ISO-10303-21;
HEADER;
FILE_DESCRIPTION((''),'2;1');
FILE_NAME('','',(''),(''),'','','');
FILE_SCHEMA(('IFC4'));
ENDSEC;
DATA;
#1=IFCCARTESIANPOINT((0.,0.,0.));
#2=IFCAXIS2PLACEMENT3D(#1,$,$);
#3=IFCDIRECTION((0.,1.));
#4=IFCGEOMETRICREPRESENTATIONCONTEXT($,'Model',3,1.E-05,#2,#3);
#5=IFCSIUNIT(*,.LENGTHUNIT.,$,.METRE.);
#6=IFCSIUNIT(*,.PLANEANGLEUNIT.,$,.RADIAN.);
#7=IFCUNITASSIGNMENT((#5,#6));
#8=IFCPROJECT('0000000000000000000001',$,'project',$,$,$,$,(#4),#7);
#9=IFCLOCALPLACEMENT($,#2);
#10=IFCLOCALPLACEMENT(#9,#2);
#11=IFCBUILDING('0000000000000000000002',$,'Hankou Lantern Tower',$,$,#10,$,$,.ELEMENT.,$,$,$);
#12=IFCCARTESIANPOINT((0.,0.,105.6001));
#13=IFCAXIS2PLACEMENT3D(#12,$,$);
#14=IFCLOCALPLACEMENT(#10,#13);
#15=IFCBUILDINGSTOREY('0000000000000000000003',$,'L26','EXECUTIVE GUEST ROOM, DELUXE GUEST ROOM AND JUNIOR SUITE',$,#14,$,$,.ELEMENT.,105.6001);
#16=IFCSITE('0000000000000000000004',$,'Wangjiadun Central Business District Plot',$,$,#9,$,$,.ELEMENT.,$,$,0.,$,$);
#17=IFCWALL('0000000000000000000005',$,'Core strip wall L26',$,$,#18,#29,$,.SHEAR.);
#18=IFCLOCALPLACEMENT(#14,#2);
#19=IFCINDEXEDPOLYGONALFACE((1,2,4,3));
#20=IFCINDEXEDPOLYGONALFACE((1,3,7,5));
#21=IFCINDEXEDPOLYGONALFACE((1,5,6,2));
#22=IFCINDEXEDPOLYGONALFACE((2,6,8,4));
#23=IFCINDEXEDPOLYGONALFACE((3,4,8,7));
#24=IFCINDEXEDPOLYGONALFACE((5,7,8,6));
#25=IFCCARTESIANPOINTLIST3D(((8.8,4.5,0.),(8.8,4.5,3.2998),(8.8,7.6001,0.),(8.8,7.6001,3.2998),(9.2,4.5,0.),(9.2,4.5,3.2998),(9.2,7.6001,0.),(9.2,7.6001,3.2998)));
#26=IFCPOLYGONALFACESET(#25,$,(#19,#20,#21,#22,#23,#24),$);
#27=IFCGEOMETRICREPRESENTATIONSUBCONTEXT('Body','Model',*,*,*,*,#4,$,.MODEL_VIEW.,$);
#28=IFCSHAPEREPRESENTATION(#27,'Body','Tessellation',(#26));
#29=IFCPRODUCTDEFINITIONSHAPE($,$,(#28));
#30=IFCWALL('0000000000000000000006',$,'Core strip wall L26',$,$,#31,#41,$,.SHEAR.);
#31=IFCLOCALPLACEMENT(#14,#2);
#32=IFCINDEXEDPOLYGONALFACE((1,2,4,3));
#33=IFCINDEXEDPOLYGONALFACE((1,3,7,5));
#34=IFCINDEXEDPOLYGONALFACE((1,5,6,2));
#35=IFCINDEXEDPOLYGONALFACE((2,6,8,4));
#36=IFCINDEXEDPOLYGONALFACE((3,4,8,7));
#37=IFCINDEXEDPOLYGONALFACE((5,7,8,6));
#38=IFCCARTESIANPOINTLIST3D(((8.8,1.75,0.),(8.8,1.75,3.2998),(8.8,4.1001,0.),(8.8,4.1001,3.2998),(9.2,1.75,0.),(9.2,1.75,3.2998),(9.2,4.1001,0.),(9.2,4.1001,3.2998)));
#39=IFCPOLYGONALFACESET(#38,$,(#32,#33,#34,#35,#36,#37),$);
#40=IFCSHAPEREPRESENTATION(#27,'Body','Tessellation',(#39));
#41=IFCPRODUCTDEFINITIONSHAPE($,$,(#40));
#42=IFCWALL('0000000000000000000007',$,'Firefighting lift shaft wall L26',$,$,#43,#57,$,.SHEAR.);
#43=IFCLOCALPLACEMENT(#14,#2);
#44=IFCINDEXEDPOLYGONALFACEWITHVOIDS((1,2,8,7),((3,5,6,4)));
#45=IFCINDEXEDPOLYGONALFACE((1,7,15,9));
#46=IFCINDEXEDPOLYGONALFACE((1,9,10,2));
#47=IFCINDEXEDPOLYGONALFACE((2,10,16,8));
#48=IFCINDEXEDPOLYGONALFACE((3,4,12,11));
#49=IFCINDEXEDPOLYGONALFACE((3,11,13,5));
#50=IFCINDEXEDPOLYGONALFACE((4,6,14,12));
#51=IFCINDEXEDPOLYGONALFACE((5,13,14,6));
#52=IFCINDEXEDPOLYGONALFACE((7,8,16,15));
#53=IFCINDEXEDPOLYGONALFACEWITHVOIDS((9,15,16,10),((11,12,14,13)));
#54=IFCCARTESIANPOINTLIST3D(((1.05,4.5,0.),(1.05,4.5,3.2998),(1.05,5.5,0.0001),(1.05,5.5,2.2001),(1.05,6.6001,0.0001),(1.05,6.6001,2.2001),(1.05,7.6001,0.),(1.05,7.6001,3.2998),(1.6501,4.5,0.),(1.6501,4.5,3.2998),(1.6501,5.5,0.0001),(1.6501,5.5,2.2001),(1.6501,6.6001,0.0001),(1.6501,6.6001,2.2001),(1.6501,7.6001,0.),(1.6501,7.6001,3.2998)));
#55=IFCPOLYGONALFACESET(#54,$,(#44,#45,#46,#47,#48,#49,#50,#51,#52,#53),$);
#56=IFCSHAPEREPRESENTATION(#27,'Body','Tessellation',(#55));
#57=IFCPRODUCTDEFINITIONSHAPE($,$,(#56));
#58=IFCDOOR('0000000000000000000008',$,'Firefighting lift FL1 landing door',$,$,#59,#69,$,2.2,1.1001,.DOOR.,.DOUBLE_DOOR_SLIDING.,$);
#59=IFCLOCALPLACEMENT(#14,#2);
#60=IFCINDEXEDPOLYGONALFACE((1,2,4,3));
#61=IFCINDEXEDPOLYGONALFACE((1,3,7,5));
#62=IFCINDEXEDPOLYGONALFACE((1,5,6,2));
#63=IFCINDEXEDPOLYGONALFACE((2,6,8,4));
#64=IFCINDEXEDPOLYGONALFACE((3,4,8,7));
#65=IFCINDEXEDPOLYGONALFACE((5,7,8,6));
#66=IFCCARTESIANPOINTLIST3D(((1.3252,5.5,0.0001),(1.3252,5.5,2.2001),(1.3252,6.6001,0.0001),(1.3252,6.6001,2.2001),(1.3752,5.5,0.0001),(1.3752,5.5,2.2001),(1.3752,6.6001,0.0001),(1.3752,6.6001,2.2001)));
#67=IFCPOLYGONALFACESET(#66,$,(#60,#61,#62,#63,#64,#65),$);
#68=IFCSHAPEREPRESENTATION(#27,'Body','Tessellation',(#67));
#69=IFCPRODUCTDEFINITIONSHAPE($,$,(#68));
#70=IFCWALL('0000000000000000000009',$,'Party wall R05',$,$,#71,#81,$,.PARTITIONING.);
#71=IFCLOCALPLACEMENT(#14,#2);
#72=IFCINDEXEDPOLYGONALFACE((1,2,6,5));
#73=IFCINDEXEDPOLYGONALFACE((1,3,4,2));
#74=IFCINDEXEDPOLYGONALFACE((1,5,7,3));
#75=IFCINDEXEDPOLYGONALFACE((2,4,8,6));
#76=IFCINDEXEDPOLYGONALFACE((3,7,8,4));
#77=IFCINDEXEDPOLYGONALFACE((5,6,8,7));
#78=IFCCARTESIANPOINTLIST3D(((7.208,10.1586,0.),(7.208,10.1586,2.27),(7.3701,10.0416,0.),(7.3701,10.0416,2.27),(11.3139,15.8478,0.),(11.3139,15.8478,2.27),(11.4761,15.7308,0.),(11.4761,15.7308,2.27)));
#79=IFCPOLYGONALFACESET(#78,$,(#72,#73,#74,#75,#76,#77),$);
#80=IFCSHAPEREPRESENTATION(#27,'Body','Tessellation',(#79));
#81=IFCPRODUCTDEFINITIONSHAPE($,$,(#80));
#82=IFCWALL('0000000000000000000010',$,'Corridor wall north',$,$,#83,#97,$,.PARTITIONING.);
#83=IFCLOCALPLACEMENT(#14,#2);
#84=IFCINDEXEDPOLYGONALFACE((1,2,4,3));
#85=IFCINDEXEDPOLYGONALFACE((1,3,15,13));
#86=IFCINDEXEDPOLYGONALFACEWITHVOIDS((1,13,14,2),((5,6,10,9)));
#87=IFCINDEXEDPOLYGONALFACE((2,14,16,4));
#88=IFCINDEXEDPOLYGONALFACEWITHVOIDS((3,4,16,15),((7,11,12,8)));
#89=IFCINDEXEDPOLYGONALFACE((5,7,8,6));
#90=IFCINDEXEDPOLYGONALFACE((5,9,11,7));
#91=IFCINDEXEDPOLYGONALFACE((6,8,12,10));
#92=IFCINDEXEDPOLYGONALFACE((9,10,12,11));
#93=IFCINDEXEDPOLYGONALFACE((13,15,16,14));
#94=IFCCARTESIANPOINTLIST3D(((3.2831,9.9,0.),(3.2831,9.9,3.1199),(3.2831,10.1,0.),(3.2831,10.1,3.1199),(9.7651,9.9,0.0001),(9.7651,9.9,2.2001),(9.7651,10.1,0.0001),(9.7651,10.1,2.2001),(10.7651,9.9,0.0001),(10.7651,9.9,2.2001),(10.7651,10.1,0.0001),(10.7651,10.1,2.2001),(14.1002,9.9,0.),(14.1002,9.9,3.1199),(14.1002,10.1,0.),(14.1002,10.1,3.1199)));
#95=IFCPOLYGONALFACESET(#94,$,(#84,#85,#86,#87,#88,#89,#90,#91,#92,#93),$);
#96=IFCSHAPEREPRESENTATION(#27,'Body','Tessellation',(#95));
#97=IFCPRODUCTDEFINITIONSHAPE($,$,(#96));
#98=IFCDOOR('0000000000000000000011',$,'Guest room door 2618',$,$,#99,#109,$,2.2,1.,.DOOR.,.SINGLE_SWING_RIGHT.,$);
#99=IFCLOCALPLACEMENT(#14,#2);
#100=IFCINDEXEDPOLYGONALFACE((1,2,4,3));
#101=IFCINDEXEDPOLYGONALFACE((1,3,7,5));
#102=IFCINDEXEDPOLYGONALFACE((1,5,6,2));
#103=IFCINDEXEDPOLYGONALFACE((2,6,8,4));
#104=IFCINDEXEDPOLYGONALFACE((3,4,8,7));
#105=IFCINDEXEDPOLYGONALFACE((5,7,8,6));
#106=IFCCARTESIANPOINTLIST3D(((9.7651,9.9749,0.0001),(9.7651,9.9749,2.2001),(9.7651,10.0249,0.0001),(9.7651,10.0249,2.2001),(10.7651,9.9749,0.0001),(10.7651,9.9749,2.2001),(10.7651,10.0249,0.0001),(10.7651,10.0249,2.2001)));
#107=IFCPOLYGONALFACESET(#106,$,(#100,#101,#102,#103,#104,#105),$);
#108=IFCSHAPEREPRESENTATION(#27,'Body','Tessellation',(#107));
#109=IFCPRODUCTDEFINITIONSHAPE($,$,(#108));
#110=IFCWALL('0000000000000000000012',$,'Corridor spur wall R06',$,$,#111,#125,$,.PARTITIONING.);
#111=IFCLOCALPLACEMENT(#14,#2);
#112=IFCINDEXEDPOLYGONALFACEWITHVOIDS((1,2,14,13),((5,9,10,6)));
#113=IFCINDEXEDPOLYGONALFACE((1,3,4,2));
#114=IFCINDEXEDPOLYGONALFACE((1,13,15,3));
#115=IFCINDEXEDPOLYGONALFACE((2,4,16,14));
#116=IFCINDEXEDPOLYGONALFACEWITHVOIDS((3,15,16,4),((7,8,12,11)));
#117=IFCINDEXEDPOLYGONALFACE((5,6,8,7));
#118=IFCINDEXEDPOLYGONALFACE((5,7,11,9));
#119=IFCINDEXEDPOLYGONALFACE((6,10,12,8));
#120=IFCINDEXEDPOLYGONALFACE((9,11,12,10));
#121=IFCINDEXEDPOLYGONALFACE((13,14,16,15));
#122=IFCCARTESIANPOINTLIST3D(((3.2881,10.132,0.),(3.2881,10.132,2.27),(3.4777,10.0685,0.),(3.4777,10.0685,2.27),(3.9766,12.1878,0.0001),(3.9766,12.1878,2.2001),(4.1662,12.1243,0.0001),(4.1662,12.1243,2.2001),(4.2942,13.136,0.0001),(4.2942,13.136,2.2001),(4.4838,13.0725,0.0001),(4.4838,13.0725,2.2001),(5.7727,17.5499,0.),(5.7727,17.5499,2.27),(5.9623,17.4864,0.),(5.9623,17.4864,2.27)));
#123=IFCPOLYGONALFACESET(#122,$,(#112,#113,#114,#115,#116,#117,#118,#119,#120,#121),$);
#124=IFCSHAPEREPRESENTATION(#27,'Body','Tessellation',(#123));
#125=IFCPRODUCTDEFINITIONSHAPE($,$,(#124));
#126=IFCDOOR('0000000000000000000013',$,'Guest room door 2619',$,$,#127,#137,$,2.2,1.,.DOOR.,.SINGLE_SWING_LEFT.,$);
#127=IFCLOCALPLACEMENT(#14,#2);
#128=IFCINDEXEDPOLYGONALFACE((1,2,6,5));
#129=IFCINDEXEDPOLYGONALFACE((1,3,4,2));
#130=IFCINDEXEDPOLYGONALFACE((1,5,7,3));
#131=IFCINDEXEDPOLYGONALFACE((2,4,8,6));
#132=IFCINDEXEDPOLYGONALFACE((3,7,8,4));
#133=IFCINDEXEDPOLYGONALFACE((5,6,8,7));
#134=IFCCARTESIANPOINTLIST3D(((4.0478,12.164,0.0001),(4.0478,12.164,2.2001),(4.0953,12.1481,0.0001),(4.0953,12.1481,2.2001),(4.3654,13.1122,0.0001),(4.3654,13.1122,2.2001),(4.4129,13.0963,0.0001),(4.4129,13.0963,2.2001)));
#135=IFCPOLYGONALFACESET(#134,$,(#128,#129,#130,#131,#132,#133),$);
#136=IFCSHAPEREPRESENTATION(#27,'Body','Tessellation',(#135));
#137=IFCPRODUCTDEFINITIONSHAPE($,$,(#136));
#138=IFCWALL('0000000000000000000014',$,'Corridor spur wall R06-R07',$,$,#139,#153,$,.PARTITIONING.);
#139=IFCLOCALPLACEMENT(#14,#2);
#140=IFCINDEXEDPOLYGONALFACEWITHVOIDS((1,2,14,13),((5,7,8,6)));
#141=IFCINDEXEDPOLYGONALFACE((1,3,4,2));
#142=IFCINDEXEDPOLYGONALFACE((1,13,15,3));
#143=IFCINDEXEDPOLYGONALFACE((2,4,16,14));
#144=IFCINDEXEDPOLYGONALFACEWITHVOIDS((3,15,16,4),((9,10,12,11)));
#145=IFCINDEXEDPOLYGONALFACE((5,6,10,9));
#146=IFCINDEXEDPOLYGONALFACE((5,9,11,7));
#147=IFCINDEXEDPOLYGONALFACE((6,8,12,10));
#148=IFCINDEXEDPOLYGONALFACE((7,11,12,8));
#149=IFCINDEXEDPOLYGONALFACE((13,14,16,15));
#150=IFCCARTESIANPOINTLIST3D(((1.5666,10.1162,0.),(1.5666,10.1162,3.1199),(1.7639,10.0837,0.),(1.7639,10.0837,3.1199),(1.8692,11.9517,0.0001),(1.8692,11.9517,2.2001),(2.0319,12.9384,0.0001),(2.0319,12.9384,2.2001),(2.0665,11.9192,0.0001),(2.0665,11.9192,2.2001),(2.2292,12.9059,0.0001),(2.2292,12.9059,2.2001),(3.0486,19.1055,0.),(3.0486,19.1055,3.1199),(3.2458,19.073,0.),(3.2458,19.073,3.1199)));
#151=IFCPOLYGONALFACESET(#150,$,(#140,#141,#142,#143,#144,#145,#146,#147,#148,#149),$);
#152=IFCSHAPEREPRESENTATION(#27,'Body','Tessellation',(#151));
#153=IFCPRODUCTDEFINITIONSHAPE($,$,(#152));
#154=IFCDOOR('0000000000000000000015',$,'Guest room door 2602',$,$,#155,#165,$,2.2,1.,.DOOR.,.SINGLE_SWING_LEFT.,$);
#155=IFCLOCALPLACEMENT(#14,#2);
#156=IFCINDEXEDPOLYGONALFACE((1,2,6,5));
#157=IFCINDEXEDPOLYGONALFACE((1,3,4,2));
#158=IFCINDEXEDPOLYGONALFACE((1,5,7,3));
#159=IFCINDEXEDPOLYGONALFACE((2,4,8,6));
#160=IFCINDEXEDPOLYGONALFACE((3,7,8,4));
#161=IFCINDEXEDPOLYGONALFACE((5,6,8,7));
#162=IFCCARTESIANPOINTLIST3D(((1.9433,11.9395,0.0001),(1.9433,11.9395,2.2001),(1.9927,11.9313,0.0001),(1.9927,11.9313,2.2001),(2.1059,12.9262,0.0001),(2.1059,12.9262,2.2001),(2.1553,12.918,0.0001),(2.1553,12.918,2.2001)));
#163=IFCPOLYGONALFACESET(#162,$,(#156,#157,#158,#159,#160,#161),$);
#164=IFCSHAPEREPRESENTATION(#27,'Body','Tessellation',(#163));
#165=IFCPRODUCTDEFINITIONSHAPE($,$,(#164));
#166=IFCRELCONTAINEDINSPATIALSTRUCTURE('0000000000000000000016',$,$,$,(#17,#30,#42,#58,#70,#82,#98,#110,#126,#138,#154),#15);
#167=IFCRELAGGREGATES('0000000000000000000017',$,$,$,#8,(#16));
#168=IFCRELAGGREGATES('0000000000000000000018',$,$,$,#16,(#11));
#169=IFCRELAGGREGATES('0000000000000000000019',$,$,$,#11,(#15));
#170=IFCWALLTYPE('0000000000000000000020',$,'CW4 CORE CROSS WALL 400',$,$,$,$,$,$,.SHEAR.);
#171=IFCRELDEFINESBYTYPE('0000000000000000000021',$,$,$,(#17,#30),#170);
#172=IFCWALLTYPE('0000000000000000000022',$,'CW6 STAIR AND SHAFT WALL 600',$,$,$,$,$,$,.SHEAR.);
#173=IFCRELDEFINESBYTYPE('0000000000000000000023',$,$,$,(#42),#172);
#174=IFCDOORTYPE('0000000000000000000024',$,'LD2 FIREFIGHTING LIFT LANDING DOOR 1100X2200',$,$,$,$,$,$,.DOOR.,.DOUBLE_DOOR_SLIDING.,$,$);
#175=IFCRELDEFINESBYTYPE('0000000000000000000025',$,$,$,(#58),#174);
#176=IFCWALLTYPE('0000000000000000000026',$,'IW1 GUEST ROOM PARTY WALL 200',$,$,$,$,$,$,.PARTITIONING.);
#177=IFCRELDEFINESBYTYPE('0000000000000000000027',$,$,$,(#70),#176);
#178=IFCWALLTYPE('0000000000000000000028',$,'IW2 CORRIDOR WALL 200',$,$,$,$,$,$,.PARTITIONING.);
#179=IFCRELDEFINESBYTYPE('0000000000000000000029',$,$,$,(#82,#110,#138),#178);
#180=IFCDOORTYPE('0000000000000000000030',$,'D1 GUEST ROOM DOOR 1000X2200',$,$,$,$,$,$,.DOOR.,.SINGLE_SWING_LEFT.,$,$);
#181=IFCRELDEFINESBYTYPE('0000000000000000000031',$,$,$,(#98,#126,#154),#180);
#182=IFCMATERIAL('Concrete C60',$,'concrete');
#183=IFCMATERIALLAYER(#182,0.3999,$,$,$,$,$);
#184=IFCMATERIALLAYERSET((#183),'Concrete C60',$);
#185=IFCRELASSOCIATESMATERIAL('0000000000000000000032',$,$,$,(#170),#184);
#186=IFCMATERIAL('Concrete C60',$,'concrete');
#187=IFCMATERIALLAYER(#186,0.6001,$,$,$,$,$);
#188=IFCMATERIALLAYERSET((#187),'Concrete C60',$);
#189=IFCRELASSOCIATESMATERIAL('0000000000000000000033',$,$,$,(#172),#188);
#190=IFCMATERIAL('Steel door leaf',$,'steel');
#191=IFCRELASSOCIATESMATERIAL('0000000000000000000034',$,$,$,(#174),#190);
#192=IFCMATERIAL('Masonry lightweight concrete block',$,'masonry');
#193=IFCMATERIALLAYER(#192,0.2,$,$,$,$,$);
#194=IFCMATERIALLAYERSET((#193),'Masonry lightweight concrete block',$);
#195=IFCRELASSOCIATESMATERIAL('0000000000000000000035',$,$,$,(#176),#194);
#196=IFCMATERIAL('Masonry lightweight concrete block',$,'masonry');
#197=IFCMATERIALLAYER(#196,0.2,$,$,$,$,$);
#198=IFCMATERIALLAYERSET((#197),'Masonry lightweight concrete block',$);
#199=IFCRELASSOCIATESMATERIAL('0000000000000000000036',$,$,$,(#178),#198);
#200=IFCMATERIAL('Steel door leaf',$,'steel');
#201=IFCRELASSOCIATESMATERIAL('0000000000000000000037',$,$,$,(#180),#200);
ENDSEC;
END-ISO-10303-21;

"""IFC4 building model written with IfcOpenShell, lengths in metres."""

from ifc_helpers import new_model, si_unit, direction, frame, frame_2d, origin, place, context, subcontext, project, spatial, rectangle, extrude, material, layer, layer_set, type_object, element, fill, save


model = new_model("IFC4")

# Units and contexts
model_context = context("Model", 3, precision=1e-05, world=origin(), true_north=direction((0.0, 1.0)))
body_context = subcontext(model_context, "Body", "Model", "MODEL_VIEW")
ifc_project = project(units=[si_unit("LENGTHUNIT", "METRE"), si_unit("PLANEANGLEUNIT", "RADIAN")], contexts=[model_context])

# Site, building, storey
site_placement = place(None, origin())
site = spatial("IfcSite", under=ifc_project, at=site_placement, Name="Wangjiadun Central Business District Plot", CompositionType="ELEMENT", RefElevation=0.0)
building_placement = place(site_placement, origin())
building = spatial("IfcBuilding", under=site, at=building_placement, Name="Hankou Lantern Tower", CompositionType="ELEMENT")
storey_placement = place(building_placement, frame((0.0, 0.0, 105.6001)))
storey = spatial("IfcBuildingStorey", under=building, at=storey_placement, Name="L26", Description="EXECUTIVE GUEST ROOM, DELUXE GUEST ROOM AND JUNIOR SUITE", CompositionType="ELEMENT", Elevation=105.6001)

# Walls
ifc_material_1 = material(Name="Concrete C60", Category="concrete")
ifc_layer_1 = layer(ifc_material_1, 0.3999)
ifc_layer_set_1 = layer_set([ifc_layer_1], Name="Concrete C60")
wall_type_1 = type_object("IfcWallType", Name="CW4 CORE CROSS WALL 400", PredefinedType="SHEAR", material=ifc_layer_set_1)
wall_1_placement = place(storey_placement, frame((9.0, 4.5, 0.0), z_axis=(0.0, 0.0, 1.0), x_axis=(0.0, 1.0, 0.0)))
element("IfcWall", 1, at=wall_1_placement, inside=storey, type_object=wall_type_1, Name="Core strip wall L26", PredefinedType="SHEAR", context=body_context, shape_type="SweptSolid", body=[
    extrude(rectangle(XDim=3.1001, YDim=0.3999, at=frame_2d((1.55, 0.0))), origin(), (0.0, 0.0, 1.0), 3.2998),
])
wall_2_placement = place(storey_placement, frame((9.0, 1.75, 0.0), z_axis=(0.0, 0.0, 1.0), x_axis=(0.0, 1.0, 0.0)))
element("IfcWall", 2, at=wall_2_placement, inside=storey, type_object=wall_type_1, Name="Core strip wall L26", PredefinedType="SHEAR", context=body_context, shape_type="SweptSolid", body=[
    extrude(rectangle(XDim=2.3501, YDim=0.3999, at=frame_2d((1.175, 0.0))), origin(), (0.0, 0.0, 1.0), 3.2998),
])

# Wall, opening, door
ifc_material_2 = material(Name="Concrete C60", Category="concrete")
ifc_layer_2 = layer(ifc_material_2, 0.6001)
ifc_layer_set_2 = layer_set([ifc_layer_2], Name="Concrete C60")
wall_type_2 = type_object("IfcWallType", Name="CW6 STAIR AND SHAFT WALL 600", PredefinedType="SHEAR", material=ifc_layer_set_2)
wall_3_placement = place(storey_placement, frame((1.3501, 4.5, 0.0), z_axis=(0.0, 0.0, 1.0), x_axis=(0.0, 1.0, 0.0)))
wall_3 = element("IfcWall", 3, at=wall_3_placement, inside=storey, type_object=wall_type_2, Name="Firefighting lift shaft wall L26", PredefinedType="SHEAR", context=body_context, shape_type="SweptSolid", body=[
    extrude(rectangle(XDim=3.1001, YDim=0.6001, at=frame_2d((1.55, 0.0))), origin(), (0.0, 0.0, 1.0), 3.2998),
])
opening_1_placement = place(wall_3_placement, frame((1.0, 0.0, 0.0)))
opening_1 = element("IfcOpeningElement", 4, at=opening_1_placement, cuts=wall_3, PredefinedType="OPENING", context=body_context, shape_type="SweptSolid", body=[
    extrude(rectangle(XDim=1.1001, YDim=2.2, at=frame_2d((0.55, 1.1001))), frame((0.0, 0.3101, 0.0), z_axis=(0.0, -1.0, 0.0), x_axis=(1.0, 0.0, 0.0)), (0.0, 0.0, 1.0), 0.6201),
])
ifc_material_3 = material(Name="Steel door leaf", Category="steel")
door_type_1 = type_object("IfcDoorType", Name="LD2 FIREFIGHTING LIFT LANDING DOOR 1100X2200", OperationType="DOUBLE_DOOR_SLIDING", PredefinedType="DOOR", material=ifc_material_3)
door_1_placement = place(opening_1_placement, origin())
door_1 = element("IfcDoor", 5, at=door_1_placement, inside=storey, type_object=door_type_1, Name="Firefighting lift FL1 landing door", OperationType="DOUBLE_DOOR_SLIDING", OverallHeight=2.2, OverallWidth=1.1001, PredefinedType="DOOR", context=body_context, shape_type="SweptSolid", body=[
    extrude(rectangle(XDim=1.1001, YDim=2.2, at=frame_2d((0.55, 1.1001))), frame((0.0, 0.0249, 0.0), z_axis=(0.0, -1.0, 0.0), x_axis=(1.0, 0.0, 0.0)), (0.0, 0.0, 1.0), 0.05),
])
fill(opening_1, door_1)

# Wall
ifc_material_4 = material(Name="Masonry lightweight concrete block", Category="masonry")
ifc_layer_3 = layer(ifc_material_4, 0.2)
ifc_layer_set_3 = layer_set([ifc_layer_3], Name="Masonry lightweight concrete block")
wall_type_3 = type_object("IfcWallType", Name="IW1 GUEST ROOM PARTY WALL 200", PredefinedType="PARTITIONING", material=ifc_layer_set_3)
wall_4_placement = place(storey_placement, frame((7.2891, 10.1001, 0.0), z_axis=(0.0, 0.0, 1.0), x_axis=(0.585217, 0.810876, 0.0)))
element("IfcWall", 6, at=wall_4_placement, inside=storey, type_object=wall_type_3, Name="Party wall R05", PredefinedType="PARTITIONING", context=body_context, shape_type="SweptSolid", body=[
    extrude(rectangle(XDim=7.0161, YDim=0.2, at=frame_2d((3.5081, 0.0))), origin(), (0.0, 0.0, 1.0), 2.27),
])

# Walls, openings, doors
ifc_material_5 = material(Name="Masonry lightweight concrete block", Category="masonry")
ifc_layer_4 = layer(ifc_material_5, 0.2)
ifc_layer_set_4 = layer_set([ifc_layer_4], Name="Masonry lightweight concrete block")
wall_type_4 = type_object("IfcWallType", Name="IW2 CORRIDOR WALL 200", PredefinedType="PARTITIONING", material=ifc_layer_set_4)
wall_5_placement = place(storey_placement, frame((3.283, 10.0, 0.0), z_axis=(0.0, 0.0, 1.0), x_axis=(1.0, 0.0, 0.0)))
wall_5 = element("IfcWall", 7, at=wall_5_placement, inside=storey, type_object=wall_type_4, Name="Corridor wall north", PredefinedType="PARTITIONING", context=body_context, shape_type="SweptSolid", body=[
    extrude(rectangle(XDim=10.8171, YDim=0.2, at=frame_2d((5.4087, 0.0))), origin(), (0.0, 0.0, 1.0), 3.1199),
])
opening_2_placement = place(wall_5_placement, frame((6.4822, 0.0, 0.0)))
opening_2 = element("IfcOpeningElement", 8, at=opening_2_placement, cuts=wall_5, PredefinedType="OPENING", context=body_context, shape_type="SweptSolid", body=[
    extrude(rectangle(XDim=1.0, YDim=2.2, at=frame_2d((0.5, 1.1001))), frame((0.0, 0.1099, 0.0), z_axis=(0.0, -1.0, 0.0), x_axis=(1.0, 0.0, 0.0)), (0.0, 0.0, 1.0), 0.22),
])
ifc_material_6 = material(Name="Steel door leaf", Category="steel")
door_type_2 = type_object("IfcDoorType", Name="D1 GUEST ROOM DOOR 1000X2200", OperationType="SINGLE_SWING_LEFT", PredefinedType="DOOR", material=ifc_material_6)
door_2_placement = place(opening_2_placement, origin())
door_2 = element("IfcDoor", 9, at=door_2_placement, inside=storey, type_object=door_type_2, Name="Guest room door 2618", OperationType="SINGLE_SWING_RIGHT", OverallHeight=2.2, OverallWidth=1.0, PredefinedType="DOOR", context=body_context, shape_type="SweptSolid", body=[
    extrude(rectangle(XDim=1.0, YDim=2.2, at=frame_2d((0.5, 1.1001))), frame((0.0, 0.0249, 0.0), z_axis=(0.0, -1.0, 0.0), x_axis=(1.0, 0.0, 0.0)), (0.0, 0.0, 1.0), 0.05),
])
fill(opening_2, door_2)
wall_6_placement = place(storey_placement, frame((3.3828, 10.1001, 0.0), z_axis=(0.0, 0.0, 1.0), x_axis=(0.317604, 0.948224, 0.0)))
wall_6 = element("IfcWall", 10, at=wall_6_placement, inside=storey, type_object=wall_type_4, Name="Corridor spur wall R06", PredefinedType="PARTITIONING", context=body_context, shape_type="SweptSolid", body=[
    extrude(rectangle(XDim=7.823, YDim=0.2, at=frame_2d((3.9116, 0.0))), origin(), (0.0, 0.0, 1.0), 2.27),
])
opening_3_placement = place(wall_6_placement, frame((2.1682, 0.0, 0.0)))
opening_3 = element("IfcOpeningElement", 11, at=opening_3_placement, cuts=wall_6, PredefinedType="OPENING", context=body_context, shape_type="SweptSolid", body=[
    extrude(rectangle(XDim=1.0, YDim=2.2, at=frame_2d((0.5, 1.1001))), frame((0.0, 0.1099, 0.0), z_axis=(0.0, -1.0, 0.0), x_axis=(1.0, 0.0, 0.0)), (0.0, 0.0, 1.0), 0.22),
])
door_3_placement = place(opening_3_placement, origin())
door_3 = element("IfcDoor", 12, at=door_3_placement, inside=storey, type_object=door_type_2, Name="Guest room door 2619", OperationType="SINGLE_SWING_LEFT", OverallHeight=2.2, OverallWidth=1.0, PredefinedType="DOOR", context=body_context, shape_type="SweptSolid", body=[
    extrude(rectangle(XDim=1.0, YDim=2.2, at=frame_2d((0.5, 1.1001))), frame((0.0, 0.0249, 0.0), z_axis=(0.0, -1.0, 0.0), x_axis=(1.0, 0.0, 0.0)), (0.0, 0.0, 1.0), 0.05),
])
fill(opening_3, door_3)
wall_7_placement = place(storey_placement, frame((1.6653, 10.1001, 0.0), z_axis=(0.0, 0.0, 1.0), x_axis=(0.162661, 0.986682, 0.0)))
wall_7 = element("IfcWall", 13, at=wall_7_placement, inside=storey, type_object=wall_type_4, Name="Corridor spur wall R06-R07", PredefinedType="PARTITIONING", context=body_context, shape_type="SweptSolid", body=[
    extrude(rectangle(XDim=9.1106, YDim=0.2, at=frame_2d((4.5552, 0.0))), origin(), (0.0, 0.0, 1.0), 3.1199),
])
opening_4_placement = place(wall_7_placement, frame((1.8601, 0.0, 0.0)))
opening_4 = element("IfcOpeningElement", 14, at=opening_4_placement, cuts=wall_7, PredefinedType="OPENING", context=body_context, shape_type="SweptSolid", body=[
    extrude(rectangle(XDim=1.0, YDim=2.2, at=frame_2d((0.5, 1.1001))), frame((0.0, 0.1099, 0.0), z_axis=(0.0, -1.0, 0.0), x_axis=(1.0, 0.0, 0.0)), (0.0, 0.0, 1.0), 0.22),
])
door_4_placement = place(opening_4_placement, origin())
door_4 = element("IfcDoor", 15, at=door_4_placement, inside=storey, type_object=door_type_2, Name="Guest room door 2602", OperationType="SINGLE_SWING_LEFT", OverallHeight=2.2, OverallWidth=1.0, PredefinedType="DOOR", context=body_context, shape_type="SweptSolid", body=[
    extrude(rectangle(XDim=1.0, YDim=2.2, at=frame_2d((0.5, 1.1001))), frame((0.0, 0.0249, 0.0), z_axis=(0.0, -1.0, 0.0), x_axis=(1.0, 0.0, 0.0)), (0.0, 0.0, 1.0), 0.05),
])
fill(opening_4, door_4)

save(model, "model.ifc")
